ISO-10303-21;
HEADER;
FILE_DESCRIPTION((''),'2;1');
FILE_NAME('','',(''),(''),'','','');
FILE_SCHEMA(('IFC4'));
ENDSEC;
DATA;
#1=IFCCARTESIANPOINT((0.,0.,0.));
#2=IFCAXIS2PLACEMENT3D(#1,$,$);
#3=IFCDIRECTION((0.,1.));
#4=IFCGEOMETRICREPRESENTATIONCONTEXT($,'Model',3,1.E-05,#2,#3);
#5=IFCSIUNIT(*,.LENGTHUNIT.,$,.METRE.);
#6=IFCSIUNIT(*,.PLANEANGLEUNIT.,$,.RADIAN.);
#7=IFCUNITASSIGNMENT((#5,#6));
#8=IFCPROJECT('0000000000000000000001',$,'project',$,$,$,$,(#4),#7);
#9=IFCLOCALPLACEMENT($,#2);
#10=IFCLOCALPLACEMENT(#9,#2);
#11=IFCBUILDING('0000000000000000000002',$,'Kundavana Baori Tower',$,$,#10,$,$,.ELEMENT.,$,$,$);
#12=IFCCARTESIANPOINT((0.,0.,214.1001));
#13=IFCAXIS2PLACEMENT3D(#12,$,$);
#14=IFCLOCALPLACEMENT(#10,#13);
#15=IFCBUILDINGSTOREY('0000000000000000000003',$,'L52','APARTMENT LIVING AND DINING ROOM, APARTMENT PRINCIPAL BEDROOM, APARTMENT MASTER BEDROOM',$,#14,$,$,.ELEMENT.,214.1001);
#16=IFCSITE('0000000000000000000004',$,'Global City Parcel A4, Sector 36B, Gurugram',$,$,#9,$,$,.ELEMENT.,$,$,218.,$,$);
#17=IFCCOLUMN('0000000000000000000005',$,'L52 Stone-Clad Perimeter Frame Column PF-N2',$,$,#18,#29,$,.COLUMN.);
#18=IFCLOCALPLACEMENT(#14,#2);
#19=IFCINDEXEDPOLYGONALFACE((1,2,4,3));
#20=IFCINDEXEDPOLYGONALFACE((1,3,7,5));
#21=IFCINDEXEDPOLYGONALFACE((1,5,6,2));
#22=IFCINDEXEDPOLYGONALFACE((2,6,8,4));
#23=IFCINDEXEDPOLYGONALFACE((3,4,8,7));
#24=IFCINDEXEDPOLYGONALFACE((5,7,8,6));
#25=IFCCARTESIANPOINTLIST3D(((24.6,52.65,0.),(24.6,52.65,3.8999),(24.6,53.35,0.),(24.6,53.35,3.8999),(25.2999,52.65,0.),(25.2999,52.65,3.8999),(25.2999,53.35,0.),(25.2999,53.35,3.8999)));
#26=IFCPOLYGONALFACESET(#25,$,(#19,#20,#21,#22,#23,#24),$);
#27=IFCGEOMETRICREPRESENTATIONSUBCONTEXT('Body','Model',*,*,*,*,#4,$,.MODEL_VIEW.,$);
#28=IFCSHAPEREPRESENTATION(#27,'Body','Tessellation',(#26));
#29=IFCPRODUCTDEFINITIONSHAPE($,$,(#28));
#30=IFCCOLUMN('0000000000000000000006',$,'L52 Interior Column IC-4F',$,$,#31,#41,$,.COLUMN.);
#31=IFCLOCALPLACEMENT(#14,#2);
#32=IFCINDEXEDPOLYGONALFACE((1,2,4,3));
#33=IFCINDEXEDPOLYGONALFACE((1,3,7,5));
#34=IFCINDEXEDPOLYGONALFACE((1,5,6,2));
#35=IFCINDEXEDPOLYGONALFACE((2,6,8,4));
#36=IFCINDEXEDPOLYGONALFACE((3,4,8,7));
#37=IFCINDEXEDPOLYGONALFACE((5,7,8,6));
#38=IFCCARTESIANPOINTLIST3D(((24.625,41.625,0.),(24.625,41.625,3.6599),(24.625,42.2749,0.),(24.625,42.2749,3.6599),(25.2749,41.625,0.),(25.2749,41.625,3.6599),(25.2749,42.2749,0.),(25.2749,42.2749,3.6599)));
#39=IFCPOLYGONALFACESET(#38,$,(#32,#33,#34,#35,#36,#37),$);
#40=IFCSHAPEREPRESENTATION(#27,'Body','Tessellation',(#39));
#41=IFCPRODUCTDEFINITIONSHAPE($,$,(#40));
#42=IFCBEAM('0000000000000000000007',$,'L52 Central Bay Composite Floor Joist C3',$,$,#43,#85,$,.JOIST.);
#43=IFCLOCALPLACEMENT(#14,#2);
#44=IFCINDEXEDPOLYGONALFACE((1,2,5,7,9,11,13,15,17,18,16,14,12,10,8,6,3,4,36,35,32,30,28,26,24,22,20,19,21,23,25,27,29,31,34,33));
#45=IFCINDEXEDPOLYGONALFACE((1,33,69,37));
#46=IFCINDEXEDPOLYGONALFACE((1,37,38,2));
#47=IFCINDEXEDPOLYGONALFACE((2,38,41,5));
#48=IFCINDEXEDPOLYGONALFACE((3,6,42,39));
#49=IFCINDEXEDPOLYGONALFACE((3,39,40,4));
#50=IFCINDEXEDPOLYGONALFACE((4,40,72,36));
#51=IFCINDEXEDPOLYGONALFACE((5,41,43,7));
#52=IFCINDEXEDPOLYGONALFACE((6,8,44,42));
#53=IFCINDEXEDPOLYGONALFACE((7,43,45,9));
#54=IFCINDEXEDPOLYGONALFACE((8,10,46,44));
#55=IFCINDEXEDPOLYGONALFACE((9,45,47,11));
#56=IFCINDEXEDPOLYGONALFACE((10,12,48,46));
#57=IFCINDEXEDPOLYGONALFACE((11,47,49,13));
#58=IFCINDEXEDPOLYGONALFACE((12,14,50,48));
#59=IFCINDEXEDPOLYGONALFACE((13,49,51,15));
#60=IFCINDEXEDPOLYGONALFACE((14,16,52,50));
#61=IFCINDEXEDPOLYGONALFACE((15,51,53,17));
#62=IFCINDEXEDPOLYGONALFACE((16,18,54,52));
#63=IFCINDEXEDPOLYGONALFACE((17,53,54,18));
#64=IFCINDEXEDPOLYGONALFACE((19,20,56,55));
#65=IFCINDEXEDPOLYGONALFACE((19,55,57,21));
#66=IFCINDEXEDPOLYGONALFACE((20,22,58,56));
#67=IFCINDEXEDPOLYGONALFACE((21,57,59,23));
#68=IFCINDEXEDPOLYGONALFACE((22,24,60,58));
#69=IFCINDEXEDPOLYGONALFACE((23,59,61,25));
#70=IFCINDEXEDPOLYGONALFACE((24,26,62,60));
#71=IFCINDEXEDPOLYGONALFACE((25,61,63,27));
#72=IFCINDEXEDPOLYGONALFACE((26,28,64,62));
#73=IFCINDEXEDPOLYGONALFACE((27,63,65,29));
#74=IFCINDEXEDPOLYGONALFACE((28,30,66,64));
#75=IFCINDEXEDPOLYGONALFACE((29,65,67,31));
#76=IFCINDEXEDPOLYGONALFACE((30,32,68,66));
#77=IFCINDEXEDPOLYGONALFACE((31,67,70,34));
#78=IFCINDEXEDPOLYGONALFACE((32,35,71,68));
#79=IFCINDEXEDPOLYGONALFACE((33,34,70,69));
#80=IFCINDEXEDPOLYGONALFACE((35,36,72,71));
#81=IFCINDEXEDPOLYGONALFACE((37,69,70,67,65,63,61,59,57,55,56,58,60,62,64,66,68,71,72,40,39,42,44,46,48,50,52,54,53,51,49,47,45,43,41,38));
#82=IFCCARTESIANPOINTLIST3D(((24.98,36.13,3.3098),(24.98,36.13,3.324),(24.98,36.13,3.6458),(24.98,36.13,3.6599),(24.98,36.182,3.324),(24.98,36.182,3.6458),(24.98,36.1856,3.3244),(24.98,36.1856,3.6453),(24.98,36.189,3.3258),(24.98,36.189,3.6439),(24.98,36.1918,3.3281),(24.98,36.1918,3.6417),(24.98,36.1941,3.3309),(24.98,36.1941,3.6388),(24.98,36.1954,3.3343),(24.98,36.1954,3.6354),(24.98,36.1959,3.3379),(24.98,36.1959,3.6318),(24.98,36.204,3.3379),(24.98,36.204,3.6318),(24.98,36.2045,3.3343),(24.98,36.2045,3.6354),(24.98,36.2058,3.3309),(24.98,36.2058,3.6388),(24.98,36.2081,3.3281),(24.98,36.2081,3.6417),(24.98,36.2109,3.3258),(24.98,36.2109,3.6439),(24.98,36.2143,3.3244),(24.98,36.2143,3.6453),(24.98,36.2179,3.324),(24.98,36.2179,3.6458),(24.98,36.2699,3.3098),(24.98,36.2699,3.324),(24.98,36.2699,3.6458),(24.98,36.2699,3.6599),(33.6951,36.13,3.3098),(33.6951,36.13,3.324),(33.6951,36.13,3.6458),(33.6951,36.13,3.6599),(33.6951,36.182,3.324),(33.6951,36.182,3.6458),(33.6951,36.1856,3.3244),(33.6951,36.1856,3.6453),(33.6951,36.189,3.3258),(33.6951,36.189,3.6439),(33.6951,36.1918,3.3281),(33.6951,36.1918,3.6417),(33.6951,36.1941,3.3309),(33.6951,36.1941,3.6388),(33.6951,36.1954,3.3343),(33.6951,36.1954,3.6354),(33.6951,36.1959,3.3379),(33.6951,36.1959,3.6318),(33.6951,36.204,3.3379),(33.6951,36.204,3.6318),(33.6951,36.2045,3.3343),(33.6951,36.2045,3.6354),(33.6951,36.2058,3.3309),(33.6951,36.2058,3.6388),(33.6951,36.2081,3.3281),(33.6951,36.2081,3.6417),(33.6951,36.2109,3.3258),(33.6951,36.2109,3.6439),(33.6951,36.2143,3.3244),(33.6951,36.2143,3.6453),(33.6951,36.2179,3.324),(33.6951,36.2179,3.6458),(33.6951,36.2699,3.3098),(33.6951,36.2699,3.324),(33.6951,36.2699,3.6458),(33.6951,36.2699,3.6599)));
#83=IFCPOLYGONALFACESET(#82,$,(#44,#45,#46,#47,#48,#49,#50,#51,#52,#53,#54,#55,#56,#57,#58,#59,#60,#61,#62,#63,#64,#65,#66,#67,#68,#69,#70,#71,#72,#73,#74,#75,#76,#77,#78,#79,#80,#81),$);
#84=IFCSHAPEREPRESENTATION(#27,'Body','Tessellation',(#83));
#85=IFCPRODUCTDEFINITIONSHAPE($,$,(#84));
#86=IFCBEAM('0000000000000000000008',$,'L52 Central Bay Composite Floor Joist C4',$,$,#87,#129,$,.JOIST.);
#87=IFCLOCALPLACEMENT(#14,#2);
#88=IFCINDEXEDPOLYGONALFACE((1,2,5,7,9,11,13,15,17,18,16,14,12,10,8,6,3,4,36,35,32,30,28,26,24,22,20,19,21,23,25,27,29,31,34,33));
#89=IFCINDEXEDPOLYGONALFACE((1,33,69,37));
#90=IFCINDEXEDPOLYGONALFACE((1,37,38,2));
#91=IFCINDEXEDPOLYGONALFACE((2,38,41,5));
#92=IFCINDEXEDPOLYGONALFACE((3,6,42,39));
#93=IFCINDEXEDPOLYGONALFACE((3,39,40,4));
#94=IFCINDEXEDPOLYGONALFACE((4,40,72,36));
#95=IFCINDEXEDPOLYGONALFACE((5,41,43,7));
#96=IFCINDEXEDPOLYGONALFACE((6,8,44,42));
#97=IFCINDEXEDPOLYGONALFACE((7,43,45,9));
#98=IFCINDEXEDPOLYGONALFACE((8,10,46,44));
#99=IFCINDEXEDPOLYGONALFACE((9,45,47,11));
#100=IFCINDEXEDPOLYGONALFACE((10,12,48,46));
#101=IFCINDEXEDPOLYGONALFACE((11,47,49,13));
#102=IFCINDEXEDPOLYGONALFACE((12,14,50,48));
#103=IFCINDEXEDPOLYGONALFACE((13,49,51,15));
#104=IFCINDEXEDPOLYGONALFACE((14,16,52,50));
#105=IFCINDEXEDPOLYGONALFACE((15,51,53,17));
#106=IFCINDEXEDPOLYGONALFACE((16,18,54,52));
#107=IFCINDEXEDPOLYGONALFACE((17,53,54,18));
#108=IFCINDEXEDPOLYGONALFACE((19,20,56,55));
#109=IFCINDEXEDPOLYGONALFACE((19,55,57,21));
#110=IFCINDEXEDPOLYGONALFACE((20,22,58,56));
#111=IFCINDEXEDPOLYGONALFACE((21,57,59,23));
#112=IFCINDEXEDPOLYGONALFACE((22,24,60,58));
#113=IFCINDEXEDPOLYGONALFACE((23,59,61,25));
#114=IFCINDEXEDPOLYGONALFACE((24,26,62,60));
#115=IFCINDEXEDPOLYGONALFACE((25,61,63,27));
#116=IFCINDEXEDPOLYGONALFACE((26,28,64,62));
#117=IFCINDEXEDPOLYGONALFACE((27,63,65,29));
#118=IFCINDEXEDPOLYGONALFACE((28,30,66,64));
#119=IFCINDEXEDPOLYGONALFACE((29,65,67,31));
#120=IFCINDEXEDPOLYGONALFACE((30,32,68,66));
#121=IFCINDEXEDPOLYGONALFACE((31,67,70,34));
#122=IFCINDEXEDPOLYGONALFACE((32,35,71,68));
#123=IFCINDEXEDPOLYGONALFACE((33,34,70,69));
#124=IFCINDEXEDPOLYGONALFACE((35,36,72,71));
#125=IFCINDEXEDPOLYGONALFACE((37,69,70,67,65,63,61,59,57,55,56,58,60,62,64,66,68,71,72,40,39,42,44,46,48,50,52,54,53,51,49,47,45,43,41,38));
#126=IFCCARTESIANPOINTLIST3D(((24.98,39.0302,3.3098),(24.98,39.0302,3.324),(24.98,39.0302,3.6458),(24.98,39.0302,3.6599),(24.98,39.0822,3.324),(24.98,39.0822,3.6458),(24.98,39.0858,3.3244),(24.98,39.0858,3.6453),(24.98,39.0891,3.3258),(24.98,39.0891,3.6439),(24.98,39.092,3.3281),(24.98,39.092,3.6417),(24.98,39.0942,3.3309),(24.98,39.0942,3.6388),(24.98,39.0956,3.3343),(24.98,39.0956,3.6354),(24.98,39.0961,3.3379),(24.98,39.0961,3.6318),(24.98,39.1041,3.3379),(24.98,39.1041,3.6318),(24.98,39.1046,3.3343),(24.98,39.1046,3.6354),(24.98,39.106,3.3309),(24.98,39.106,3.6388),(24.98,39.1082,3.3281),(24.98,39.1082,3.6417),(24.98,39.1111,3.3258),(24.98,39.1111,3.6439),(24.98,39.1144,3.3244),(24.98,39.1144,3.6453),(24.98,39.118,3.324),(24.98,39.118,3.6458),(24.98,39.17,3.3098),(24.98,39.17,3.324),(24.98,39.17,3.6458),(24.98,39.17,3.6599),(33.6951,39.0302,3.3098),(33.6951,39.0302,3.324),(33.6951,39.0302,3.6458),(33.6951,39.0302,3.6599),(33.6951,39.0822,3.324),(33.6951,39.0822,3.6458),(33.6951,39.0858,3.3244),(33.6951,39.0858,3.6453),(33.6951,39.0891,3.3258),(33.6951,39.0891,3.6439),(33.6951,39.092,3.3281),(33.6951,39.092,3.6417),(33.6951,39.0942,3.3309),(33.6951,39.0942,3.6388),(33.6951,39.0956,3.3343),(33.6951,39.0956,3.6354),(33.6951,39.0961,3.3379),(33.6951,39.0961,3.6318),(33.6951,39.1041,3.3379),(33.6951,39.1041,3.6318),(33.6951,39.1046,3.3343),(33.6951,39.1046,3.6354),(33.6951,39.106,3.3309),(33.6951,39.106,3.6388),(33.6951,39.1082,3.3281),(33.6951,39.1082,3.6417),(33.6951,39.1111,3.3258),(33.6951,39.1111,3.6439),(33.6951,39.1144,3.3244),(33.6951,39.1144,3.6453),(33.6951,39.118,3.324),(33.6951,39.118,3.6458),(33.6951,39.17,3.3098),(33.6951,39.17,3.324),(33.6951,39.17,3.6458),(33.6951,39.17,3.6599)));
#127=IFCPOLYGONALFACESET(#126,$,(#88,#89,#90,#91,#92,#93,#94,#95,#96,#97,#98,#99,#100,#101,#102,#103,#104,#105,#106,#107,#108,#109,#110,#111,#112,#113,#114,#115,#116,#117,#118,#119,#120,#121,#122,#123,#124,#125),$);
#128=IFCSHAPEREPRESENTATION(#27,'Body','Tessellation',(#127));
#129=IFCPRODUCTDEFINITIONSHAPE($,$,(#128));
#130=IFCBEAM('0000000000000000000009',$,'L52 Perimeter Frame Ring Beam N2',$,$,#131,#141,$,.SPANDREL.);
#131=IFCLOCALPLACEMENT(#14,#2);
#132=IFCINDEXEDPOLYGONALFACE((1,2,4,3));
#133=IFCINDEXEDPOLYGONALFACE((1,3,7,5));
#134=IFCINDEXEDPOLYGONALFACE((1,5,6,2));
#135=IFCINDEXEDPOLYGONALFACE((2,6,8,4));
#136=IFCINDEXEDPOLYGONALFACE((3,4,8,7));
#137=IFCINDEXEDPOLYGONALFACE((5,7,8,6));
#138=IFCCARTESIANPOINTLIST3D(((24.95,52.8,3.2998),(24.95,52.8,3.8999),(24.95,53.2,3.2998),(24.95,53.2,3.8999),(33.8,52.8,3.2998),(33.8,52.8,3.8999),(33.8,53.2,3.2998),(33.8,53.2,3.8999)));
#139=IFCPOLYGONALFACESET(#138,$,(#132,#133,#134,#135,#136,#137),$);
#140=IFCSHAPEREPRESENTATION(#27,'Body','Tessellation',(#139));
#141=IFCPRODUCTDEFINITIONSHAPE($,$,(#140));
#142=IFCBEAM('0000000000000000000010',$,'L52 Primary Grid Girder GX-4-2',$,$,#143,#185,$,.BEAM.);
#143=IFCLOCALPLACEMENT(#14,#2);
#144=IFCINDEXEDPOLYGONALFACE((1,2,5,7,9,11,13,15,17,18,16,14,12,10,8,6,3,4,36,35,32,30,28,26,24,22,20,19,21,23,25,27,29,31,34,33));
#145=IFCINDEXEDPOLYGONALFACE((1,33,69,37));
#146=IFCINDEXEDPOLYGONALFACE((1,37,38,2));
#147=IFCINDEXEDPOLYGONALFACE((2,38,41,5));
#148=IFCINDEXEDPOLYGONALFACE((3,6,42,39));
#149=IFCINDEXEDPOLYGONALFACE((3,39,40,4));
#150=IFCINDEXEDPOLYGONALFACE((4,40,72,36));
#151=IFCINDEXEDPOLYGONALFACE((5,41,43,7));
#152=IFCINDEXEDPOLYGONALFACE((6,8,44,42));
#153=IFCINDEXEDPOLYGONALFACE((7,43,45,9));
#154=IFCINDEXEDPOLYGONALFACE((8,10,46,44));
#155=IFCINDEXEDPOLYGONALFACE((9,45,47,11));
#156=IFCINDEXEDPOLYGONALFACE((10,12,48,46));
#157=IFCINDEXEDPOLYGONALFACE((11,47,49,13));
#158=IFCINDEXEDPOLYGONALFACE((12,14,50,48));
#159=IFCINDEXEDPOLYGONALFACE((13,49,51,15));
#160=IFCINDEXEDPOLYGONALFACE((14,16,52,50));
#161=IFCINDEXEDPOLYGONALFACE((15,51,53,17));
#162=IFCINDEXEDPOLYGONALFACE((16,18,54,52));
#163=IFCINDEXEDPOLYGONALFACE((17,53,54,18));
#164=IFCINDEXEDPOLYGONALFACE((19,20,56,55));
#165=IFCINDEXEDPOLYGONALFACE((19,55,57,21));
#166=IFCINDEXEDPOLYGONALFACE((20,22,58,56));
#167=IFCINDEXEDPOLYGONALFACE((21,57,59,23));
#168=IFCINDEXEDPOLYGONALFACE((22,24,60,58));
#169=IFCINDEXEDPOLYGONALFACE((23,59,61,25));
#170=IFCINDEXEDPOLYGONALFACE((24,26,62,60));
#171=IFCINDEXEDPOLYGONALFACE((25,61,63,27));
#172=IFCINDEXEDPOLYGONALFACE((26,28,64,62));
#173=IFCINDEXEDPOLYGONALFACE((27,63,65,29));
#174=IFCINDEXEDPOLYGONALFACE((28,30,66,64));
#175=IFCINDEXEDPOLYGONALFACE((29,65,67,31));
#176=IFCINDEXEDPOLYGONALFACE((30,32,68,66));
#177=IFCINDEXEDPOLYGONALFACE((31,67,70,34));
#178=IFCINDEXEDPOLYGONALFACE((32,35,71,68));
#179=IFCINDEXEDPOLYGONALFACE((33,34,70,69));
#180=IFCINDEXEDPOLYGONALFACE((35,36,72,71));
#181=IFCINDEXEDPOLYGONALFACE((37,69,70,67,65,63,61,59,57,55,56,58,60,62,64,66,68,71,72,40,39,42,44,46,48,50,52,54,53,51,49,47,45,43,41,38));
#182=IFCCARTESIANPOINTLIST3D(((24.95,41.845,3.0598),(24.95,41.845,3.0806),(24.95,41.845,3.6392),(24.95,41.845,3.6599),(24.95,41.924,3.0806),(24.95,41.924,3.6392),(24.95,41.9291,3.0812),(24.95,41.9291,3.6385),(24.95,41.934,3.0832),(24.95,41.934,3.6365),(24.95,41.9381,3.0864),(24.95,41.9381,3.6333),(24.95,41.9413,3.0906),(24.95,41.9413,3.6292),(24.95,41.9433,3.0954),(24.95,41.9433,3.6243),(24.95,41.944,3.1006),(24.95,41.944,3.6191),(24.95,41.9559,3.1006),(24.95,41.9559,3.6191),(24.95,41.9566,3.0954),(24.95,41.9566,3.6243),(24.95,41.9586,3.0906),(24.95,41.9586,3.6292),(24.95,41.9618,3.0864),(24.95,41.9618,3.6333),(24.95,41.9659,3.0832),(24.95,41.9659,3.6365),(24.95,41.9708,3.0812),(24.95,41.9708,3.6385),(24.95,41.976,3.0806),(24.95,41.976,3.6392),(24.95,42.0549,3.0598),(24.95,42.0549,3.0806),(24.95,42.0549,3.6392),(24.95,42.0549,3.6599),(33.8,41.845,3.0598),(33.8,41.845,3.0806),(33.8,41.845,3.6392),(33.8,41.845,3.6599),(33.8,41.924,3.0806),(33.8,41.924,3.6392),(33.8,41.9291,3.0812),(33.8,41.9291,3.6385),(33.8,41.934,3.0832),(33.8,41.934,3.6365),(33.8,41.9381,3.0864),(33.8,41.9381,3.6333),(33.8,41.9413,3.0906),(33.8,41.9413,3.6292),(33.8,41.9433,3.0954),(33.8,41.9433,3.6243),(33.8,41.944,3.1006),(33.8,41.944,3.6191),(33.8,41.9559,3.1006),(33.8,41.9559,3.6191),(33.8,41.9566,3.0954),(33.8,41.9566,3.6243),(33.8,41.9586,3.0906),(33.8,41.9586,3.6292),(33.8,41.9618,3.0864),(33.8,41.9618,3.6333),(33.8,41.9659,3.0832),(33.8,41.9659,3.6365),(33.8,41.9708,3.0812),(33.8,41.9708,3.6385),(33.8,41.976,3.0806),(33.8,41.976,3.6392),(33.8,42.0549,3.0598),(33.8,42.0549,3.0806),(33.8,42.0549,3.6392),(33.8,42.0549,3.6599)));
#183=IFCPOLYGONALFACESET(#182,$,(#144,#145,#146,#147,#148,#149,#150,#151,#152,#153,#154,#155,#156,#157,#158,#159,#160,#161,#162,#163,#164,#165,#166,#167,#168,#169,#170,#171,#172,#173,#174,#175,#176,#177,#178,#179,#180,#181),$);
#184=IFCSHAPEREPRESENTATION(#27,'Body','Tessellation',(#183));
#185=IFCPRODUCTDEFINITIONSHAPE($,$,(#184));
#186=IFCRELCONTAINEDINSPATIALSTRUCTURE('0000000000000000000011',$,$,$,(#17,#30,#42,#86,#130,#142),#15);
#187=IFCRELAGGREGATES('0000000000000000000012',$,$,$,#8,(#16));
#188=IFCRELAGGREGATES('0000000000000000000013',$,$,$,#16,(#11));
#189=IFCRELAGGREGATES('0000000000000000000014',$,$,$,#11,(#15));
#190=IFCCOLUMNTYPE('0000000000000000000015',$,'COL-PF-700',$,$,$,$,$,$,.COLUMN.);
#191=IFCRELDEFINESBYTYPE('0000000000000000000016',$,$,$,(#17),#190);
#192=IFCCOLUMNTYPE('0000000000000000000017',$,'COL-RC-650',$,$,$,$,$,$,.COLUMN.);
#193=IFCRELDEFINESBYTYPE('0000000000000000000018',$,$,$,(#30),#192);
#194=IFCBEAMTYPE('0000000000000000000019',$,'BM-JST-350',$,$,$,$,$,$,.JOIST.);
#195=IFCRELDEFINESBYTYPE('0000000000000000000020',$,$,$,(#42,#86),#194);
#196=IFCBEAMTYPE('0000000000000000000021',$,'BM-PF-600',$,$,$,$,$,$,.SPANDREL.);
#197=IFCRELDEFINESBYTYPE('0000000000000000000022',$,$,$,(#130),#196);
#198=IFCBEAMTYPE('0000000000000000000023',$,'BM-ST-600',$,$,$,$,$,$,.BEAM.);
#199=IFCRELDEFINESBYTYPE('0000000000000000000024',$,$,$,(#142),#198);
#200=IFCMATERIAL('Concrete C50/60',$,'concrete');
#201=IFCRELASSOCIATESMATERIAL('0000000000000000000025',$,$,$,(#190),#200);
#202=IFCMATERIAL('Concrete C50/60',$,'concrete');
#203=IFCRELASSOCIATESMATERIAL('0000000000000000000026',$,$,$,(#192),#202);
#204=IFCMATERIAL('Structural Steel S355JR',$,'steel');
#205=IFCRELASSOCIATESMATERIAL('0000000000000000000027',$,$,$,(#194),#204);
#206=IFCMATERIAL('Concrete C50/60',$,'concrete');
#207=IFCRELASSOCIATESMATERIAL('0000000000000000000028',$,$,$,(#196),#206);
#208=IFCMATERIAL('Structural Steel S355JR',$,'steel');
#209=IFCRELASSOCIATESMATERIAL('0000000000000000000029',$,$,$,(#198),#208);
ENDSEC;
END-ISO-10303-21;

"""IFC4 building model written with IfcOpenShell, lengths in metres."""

from ifc_helpers import new_model, si_unit, direction, frame, origin, origin_2d, place, context, subcontext, project, spatial, rectangle, i_section, extrude, material, material_profile, profile_set, type_object, element, save


model = new_model("IFC4")

# Units and contexts
model_context = context("Model", 3, precision=1e-05, world=origin(), true_north=direction((0.0, 1.0)))
body_context = subcontext(model_context, "Body", "Model", "MODEL_VIEW")
ifc_project = project(units=[si_unit("LENGTHUNIT", "METRE"), si_unit("PLANEANGLEUNIT", "RADIAN")], contexts=[model_context])

# Site, building, storey
site_placement = place(None, origin())
site = spatial("IfcSite", under=ifc_project, at=site_placement, Name="Global City Parcel A4, Sector 36B, Gurugram", CompositionType="ELEMENT", RefElevation=218.0)
building_placement = place(site_placement, origin())
building = spatial("IfcBuilding", under=site, at=building_placement, Name="Kundavana Baori Tower", CompositionType="ELEMENT")
storey_placement = place(building_placement, frame((0.0, 0.0, 214.1001)))
storey = spatial("IfcBuildingStorey", under=building, at=storey_placement, Name="L52", Description="APARTMENT LIVING AND DINING ROOM, APARTMENT PRINCIPAL BEDROOM, APARTMENT MASTER BEDROOM", CompositionType="ELEMENT", Elevation=214.1001)

# Columns
ifc_material_1 = material(Name="Concrete C50/60", Category="concrete")
ifc_material_profile_1 = material_profile(ifc_material_1, rectangle(XDim=0.7, YDim=0.7, at=origin_2d()), Name="RC PF 700x700")
ifc_profile_set_1 = profile_set([ifc_material_profile_1], Name="Concrete C50/60")
column_type_1 = type_object("IfcColumnType", Name="COL-PF-700", PredefinedType="COLUMN", material=ifc_profile_set_1)
column_1_placement = place(storey_placement, frame((24.95, 53.0, 0.0), z_axis=(0.0, 0.0, 1.0), x_axis=(1.0, 0.0, 0.0)))
element("IfcColumn", 1, at=column_1_placement, inside=storey, type_object=column_type_1, Name="L52 Stone-Clad Perimeter Frame Column PF-N2", PredefinedType="COLUMN", context=body_context, shape_type="SweptSolid", body=[
    extrude(rectangle(XDim=0.7, YDim=0.7, at=origin_2d()), origin(), (0.0, 0.0, 1.0), 3.8999),
])
ifc_material_2 = material(Name="Concrete C50/60", Category="concrete")
ifc_material_profile_2 = material_profile(ifc_material_2, rectangle(XDim=0.6499, YDim=0.6499, at=origin_2d()), Name="RC 650x650")
ifc_profile_set_2 = profile_set([ifc_material_profile_2], Name="Concrete C50/60")
column_type_2 = type_object("IfcColumnType", Name="COL-RC-650", PredefinedType="COLUMN", material=ifc_profile_set_2)
column_2_placement = place(storey_placement, frame((24.95, 41.95, 0.0), z_axis=(0.0, 0.0, 1.0), x_axis=(1.0, 0.0, 0.0)))
element("IfcColumn", 2, at=column_2_placement, inside=storey, type_object=column_type_2, Name="L52 Interior Column IC-4F", PredefinedType="COLUMN", context=body_context, shape_type="SweptSolid", body=[
    extrude(rectangle(XDim=0.6499, YDim=0.6499, at=origin_2d()), origin(), (0.0, 0.0, 1.0), 3.6599),
])

# Beams
ifc_material_3 = material(Name="Structural Steel S355JR", Category="steel")
ifc_material_profile_3 = material_profile(ifc_material_3, i_section(OverallWidth=0.1399, OverallDepth=0.3501, WebThickness=0.0081, FlangeThickness=0.0142, FilletRadius=0.0139, at=origin_2d()), Name="ISMB 350")
ifc_profile_set_3 = profile_set([ifc_material_profile_3], Name="Structural Steel S355JR")
beam_type_1 = type_object("IfcBeamType", Name="BM-JST-350", PredefinedType="JOIST", material=ifc_profile_set_3)
for number, where, z_axis, x_axis, name in (
    (3, (24.98, 36.2, 3.4849), (1.0, 0.0, 0.0), (0.0, 1.0, 0.0), "L52 Central Bay Composite Floor Joist C3"),
    (4, (24.98, 39.1001, 3.4849), (1.0, 0.0, 0.0), (0.0, 1.0, 0.0), "L52 Central Bay Composite Floor Joist C4"),
):
    element("IfcBeam", number, at=place(storey_placement, frame(where, z_axis=z_axis, x_axis=x_axis)), inside=storey, type_object=beam_type_1, Name=name, PredefinedType="JOIST", context=body_context, shape_type="SweptSolid", body=[
        extrude(i_section(OverallWidth=0.1399, OverallDepth=0.3501, WebThickness=0.0081, FlangeThickness=0.0142, FilletRadius=0.0139, at=origin_2d()), origin(), (0.0, 0.0, 1.0), 8.7151),
    ])
ifc_material_4 = material(Name="Concrete C50/60", Category="concrete")
ifc_material_profile_4 = material_profile(ifc_material_4, rectangle(XDim=0.3999, YDim=0.6001, at=origin_2d()), Name="RC BM 400x600")
ifc_profile_set_4 = profile_set([ifc_material_profile_4], Name="Concrete C50/60")
beam_type_2 = type_object("IfcBeamType", Name="BM-PF-600", PredefinedType="SPANDREL", material=ifc_profile_set_4)
beam_1_placement = place(storey_placement, frame((24.95, 53.0, 3.5999), z_axis=(1.0, 0.0, 0.0), x_axis=(0.0, 1.0, 0.0)))
element("IfcBeam", 5, at=beam_1_placement, inside=storey, type_object=beam_type_2, Name="L52 Perimeter Frame Ring Beam N2", PredefinedType="SPANDREL", context=body_context, shape_type="SweptSolid", body=[
    extrude(rectangle(XDim=0.3999, YDim=0.6001, at=origin_2d()), origin(), (0.0, 0.0, 1.0), 8.8501),
])
ifc_material_5 = material(Name="Structural Steel S355JR", Category="steel")
ifc_material_profile_5 = material_profile(ifc_material_5, i_section(OverallWidth=0.21, OverallDepth=0.6001, WebThickness=0.012, FlangeThickness=0.0208, FilletRadius=0.02, at=origin_2d()), Name="ISMB 600")
ifc_profile_set_5 = profile_set([ifc_material_profile_5], Name="Structural Steel S355JR")
beam_type_3 = type_object("IfcBeamType", Name="BM-ST-600", PredefinedType="BEAM", material=ifc_profile_set_5)
beam_2_placement = place(storey_placement, frame((24.95, 41.95, 3.3599), z_axis=(1.0, 0.0, 0.0), x_axis=(0.0, 1.0, 0.0)))
element("IfcBeam", 6, at=beam_2_placement, inside=storey, type_object=beam_type_3, Name="L52 Primary Grid Girder GX-4-2", PredefinedType="BEAM", context=body_context, shape_type="SweptSolid", body=[
    extrude(i_section(OverallWidth=0.21, OverallDepth=0.6001, WebThickness=0.012, FlangeThickness=0.0208, FilletRadius=0.02, at=origin_2d()), origin(), (0.0, 0.0, 1.0), 8.8501),
])

save(model, "model.ifc")
